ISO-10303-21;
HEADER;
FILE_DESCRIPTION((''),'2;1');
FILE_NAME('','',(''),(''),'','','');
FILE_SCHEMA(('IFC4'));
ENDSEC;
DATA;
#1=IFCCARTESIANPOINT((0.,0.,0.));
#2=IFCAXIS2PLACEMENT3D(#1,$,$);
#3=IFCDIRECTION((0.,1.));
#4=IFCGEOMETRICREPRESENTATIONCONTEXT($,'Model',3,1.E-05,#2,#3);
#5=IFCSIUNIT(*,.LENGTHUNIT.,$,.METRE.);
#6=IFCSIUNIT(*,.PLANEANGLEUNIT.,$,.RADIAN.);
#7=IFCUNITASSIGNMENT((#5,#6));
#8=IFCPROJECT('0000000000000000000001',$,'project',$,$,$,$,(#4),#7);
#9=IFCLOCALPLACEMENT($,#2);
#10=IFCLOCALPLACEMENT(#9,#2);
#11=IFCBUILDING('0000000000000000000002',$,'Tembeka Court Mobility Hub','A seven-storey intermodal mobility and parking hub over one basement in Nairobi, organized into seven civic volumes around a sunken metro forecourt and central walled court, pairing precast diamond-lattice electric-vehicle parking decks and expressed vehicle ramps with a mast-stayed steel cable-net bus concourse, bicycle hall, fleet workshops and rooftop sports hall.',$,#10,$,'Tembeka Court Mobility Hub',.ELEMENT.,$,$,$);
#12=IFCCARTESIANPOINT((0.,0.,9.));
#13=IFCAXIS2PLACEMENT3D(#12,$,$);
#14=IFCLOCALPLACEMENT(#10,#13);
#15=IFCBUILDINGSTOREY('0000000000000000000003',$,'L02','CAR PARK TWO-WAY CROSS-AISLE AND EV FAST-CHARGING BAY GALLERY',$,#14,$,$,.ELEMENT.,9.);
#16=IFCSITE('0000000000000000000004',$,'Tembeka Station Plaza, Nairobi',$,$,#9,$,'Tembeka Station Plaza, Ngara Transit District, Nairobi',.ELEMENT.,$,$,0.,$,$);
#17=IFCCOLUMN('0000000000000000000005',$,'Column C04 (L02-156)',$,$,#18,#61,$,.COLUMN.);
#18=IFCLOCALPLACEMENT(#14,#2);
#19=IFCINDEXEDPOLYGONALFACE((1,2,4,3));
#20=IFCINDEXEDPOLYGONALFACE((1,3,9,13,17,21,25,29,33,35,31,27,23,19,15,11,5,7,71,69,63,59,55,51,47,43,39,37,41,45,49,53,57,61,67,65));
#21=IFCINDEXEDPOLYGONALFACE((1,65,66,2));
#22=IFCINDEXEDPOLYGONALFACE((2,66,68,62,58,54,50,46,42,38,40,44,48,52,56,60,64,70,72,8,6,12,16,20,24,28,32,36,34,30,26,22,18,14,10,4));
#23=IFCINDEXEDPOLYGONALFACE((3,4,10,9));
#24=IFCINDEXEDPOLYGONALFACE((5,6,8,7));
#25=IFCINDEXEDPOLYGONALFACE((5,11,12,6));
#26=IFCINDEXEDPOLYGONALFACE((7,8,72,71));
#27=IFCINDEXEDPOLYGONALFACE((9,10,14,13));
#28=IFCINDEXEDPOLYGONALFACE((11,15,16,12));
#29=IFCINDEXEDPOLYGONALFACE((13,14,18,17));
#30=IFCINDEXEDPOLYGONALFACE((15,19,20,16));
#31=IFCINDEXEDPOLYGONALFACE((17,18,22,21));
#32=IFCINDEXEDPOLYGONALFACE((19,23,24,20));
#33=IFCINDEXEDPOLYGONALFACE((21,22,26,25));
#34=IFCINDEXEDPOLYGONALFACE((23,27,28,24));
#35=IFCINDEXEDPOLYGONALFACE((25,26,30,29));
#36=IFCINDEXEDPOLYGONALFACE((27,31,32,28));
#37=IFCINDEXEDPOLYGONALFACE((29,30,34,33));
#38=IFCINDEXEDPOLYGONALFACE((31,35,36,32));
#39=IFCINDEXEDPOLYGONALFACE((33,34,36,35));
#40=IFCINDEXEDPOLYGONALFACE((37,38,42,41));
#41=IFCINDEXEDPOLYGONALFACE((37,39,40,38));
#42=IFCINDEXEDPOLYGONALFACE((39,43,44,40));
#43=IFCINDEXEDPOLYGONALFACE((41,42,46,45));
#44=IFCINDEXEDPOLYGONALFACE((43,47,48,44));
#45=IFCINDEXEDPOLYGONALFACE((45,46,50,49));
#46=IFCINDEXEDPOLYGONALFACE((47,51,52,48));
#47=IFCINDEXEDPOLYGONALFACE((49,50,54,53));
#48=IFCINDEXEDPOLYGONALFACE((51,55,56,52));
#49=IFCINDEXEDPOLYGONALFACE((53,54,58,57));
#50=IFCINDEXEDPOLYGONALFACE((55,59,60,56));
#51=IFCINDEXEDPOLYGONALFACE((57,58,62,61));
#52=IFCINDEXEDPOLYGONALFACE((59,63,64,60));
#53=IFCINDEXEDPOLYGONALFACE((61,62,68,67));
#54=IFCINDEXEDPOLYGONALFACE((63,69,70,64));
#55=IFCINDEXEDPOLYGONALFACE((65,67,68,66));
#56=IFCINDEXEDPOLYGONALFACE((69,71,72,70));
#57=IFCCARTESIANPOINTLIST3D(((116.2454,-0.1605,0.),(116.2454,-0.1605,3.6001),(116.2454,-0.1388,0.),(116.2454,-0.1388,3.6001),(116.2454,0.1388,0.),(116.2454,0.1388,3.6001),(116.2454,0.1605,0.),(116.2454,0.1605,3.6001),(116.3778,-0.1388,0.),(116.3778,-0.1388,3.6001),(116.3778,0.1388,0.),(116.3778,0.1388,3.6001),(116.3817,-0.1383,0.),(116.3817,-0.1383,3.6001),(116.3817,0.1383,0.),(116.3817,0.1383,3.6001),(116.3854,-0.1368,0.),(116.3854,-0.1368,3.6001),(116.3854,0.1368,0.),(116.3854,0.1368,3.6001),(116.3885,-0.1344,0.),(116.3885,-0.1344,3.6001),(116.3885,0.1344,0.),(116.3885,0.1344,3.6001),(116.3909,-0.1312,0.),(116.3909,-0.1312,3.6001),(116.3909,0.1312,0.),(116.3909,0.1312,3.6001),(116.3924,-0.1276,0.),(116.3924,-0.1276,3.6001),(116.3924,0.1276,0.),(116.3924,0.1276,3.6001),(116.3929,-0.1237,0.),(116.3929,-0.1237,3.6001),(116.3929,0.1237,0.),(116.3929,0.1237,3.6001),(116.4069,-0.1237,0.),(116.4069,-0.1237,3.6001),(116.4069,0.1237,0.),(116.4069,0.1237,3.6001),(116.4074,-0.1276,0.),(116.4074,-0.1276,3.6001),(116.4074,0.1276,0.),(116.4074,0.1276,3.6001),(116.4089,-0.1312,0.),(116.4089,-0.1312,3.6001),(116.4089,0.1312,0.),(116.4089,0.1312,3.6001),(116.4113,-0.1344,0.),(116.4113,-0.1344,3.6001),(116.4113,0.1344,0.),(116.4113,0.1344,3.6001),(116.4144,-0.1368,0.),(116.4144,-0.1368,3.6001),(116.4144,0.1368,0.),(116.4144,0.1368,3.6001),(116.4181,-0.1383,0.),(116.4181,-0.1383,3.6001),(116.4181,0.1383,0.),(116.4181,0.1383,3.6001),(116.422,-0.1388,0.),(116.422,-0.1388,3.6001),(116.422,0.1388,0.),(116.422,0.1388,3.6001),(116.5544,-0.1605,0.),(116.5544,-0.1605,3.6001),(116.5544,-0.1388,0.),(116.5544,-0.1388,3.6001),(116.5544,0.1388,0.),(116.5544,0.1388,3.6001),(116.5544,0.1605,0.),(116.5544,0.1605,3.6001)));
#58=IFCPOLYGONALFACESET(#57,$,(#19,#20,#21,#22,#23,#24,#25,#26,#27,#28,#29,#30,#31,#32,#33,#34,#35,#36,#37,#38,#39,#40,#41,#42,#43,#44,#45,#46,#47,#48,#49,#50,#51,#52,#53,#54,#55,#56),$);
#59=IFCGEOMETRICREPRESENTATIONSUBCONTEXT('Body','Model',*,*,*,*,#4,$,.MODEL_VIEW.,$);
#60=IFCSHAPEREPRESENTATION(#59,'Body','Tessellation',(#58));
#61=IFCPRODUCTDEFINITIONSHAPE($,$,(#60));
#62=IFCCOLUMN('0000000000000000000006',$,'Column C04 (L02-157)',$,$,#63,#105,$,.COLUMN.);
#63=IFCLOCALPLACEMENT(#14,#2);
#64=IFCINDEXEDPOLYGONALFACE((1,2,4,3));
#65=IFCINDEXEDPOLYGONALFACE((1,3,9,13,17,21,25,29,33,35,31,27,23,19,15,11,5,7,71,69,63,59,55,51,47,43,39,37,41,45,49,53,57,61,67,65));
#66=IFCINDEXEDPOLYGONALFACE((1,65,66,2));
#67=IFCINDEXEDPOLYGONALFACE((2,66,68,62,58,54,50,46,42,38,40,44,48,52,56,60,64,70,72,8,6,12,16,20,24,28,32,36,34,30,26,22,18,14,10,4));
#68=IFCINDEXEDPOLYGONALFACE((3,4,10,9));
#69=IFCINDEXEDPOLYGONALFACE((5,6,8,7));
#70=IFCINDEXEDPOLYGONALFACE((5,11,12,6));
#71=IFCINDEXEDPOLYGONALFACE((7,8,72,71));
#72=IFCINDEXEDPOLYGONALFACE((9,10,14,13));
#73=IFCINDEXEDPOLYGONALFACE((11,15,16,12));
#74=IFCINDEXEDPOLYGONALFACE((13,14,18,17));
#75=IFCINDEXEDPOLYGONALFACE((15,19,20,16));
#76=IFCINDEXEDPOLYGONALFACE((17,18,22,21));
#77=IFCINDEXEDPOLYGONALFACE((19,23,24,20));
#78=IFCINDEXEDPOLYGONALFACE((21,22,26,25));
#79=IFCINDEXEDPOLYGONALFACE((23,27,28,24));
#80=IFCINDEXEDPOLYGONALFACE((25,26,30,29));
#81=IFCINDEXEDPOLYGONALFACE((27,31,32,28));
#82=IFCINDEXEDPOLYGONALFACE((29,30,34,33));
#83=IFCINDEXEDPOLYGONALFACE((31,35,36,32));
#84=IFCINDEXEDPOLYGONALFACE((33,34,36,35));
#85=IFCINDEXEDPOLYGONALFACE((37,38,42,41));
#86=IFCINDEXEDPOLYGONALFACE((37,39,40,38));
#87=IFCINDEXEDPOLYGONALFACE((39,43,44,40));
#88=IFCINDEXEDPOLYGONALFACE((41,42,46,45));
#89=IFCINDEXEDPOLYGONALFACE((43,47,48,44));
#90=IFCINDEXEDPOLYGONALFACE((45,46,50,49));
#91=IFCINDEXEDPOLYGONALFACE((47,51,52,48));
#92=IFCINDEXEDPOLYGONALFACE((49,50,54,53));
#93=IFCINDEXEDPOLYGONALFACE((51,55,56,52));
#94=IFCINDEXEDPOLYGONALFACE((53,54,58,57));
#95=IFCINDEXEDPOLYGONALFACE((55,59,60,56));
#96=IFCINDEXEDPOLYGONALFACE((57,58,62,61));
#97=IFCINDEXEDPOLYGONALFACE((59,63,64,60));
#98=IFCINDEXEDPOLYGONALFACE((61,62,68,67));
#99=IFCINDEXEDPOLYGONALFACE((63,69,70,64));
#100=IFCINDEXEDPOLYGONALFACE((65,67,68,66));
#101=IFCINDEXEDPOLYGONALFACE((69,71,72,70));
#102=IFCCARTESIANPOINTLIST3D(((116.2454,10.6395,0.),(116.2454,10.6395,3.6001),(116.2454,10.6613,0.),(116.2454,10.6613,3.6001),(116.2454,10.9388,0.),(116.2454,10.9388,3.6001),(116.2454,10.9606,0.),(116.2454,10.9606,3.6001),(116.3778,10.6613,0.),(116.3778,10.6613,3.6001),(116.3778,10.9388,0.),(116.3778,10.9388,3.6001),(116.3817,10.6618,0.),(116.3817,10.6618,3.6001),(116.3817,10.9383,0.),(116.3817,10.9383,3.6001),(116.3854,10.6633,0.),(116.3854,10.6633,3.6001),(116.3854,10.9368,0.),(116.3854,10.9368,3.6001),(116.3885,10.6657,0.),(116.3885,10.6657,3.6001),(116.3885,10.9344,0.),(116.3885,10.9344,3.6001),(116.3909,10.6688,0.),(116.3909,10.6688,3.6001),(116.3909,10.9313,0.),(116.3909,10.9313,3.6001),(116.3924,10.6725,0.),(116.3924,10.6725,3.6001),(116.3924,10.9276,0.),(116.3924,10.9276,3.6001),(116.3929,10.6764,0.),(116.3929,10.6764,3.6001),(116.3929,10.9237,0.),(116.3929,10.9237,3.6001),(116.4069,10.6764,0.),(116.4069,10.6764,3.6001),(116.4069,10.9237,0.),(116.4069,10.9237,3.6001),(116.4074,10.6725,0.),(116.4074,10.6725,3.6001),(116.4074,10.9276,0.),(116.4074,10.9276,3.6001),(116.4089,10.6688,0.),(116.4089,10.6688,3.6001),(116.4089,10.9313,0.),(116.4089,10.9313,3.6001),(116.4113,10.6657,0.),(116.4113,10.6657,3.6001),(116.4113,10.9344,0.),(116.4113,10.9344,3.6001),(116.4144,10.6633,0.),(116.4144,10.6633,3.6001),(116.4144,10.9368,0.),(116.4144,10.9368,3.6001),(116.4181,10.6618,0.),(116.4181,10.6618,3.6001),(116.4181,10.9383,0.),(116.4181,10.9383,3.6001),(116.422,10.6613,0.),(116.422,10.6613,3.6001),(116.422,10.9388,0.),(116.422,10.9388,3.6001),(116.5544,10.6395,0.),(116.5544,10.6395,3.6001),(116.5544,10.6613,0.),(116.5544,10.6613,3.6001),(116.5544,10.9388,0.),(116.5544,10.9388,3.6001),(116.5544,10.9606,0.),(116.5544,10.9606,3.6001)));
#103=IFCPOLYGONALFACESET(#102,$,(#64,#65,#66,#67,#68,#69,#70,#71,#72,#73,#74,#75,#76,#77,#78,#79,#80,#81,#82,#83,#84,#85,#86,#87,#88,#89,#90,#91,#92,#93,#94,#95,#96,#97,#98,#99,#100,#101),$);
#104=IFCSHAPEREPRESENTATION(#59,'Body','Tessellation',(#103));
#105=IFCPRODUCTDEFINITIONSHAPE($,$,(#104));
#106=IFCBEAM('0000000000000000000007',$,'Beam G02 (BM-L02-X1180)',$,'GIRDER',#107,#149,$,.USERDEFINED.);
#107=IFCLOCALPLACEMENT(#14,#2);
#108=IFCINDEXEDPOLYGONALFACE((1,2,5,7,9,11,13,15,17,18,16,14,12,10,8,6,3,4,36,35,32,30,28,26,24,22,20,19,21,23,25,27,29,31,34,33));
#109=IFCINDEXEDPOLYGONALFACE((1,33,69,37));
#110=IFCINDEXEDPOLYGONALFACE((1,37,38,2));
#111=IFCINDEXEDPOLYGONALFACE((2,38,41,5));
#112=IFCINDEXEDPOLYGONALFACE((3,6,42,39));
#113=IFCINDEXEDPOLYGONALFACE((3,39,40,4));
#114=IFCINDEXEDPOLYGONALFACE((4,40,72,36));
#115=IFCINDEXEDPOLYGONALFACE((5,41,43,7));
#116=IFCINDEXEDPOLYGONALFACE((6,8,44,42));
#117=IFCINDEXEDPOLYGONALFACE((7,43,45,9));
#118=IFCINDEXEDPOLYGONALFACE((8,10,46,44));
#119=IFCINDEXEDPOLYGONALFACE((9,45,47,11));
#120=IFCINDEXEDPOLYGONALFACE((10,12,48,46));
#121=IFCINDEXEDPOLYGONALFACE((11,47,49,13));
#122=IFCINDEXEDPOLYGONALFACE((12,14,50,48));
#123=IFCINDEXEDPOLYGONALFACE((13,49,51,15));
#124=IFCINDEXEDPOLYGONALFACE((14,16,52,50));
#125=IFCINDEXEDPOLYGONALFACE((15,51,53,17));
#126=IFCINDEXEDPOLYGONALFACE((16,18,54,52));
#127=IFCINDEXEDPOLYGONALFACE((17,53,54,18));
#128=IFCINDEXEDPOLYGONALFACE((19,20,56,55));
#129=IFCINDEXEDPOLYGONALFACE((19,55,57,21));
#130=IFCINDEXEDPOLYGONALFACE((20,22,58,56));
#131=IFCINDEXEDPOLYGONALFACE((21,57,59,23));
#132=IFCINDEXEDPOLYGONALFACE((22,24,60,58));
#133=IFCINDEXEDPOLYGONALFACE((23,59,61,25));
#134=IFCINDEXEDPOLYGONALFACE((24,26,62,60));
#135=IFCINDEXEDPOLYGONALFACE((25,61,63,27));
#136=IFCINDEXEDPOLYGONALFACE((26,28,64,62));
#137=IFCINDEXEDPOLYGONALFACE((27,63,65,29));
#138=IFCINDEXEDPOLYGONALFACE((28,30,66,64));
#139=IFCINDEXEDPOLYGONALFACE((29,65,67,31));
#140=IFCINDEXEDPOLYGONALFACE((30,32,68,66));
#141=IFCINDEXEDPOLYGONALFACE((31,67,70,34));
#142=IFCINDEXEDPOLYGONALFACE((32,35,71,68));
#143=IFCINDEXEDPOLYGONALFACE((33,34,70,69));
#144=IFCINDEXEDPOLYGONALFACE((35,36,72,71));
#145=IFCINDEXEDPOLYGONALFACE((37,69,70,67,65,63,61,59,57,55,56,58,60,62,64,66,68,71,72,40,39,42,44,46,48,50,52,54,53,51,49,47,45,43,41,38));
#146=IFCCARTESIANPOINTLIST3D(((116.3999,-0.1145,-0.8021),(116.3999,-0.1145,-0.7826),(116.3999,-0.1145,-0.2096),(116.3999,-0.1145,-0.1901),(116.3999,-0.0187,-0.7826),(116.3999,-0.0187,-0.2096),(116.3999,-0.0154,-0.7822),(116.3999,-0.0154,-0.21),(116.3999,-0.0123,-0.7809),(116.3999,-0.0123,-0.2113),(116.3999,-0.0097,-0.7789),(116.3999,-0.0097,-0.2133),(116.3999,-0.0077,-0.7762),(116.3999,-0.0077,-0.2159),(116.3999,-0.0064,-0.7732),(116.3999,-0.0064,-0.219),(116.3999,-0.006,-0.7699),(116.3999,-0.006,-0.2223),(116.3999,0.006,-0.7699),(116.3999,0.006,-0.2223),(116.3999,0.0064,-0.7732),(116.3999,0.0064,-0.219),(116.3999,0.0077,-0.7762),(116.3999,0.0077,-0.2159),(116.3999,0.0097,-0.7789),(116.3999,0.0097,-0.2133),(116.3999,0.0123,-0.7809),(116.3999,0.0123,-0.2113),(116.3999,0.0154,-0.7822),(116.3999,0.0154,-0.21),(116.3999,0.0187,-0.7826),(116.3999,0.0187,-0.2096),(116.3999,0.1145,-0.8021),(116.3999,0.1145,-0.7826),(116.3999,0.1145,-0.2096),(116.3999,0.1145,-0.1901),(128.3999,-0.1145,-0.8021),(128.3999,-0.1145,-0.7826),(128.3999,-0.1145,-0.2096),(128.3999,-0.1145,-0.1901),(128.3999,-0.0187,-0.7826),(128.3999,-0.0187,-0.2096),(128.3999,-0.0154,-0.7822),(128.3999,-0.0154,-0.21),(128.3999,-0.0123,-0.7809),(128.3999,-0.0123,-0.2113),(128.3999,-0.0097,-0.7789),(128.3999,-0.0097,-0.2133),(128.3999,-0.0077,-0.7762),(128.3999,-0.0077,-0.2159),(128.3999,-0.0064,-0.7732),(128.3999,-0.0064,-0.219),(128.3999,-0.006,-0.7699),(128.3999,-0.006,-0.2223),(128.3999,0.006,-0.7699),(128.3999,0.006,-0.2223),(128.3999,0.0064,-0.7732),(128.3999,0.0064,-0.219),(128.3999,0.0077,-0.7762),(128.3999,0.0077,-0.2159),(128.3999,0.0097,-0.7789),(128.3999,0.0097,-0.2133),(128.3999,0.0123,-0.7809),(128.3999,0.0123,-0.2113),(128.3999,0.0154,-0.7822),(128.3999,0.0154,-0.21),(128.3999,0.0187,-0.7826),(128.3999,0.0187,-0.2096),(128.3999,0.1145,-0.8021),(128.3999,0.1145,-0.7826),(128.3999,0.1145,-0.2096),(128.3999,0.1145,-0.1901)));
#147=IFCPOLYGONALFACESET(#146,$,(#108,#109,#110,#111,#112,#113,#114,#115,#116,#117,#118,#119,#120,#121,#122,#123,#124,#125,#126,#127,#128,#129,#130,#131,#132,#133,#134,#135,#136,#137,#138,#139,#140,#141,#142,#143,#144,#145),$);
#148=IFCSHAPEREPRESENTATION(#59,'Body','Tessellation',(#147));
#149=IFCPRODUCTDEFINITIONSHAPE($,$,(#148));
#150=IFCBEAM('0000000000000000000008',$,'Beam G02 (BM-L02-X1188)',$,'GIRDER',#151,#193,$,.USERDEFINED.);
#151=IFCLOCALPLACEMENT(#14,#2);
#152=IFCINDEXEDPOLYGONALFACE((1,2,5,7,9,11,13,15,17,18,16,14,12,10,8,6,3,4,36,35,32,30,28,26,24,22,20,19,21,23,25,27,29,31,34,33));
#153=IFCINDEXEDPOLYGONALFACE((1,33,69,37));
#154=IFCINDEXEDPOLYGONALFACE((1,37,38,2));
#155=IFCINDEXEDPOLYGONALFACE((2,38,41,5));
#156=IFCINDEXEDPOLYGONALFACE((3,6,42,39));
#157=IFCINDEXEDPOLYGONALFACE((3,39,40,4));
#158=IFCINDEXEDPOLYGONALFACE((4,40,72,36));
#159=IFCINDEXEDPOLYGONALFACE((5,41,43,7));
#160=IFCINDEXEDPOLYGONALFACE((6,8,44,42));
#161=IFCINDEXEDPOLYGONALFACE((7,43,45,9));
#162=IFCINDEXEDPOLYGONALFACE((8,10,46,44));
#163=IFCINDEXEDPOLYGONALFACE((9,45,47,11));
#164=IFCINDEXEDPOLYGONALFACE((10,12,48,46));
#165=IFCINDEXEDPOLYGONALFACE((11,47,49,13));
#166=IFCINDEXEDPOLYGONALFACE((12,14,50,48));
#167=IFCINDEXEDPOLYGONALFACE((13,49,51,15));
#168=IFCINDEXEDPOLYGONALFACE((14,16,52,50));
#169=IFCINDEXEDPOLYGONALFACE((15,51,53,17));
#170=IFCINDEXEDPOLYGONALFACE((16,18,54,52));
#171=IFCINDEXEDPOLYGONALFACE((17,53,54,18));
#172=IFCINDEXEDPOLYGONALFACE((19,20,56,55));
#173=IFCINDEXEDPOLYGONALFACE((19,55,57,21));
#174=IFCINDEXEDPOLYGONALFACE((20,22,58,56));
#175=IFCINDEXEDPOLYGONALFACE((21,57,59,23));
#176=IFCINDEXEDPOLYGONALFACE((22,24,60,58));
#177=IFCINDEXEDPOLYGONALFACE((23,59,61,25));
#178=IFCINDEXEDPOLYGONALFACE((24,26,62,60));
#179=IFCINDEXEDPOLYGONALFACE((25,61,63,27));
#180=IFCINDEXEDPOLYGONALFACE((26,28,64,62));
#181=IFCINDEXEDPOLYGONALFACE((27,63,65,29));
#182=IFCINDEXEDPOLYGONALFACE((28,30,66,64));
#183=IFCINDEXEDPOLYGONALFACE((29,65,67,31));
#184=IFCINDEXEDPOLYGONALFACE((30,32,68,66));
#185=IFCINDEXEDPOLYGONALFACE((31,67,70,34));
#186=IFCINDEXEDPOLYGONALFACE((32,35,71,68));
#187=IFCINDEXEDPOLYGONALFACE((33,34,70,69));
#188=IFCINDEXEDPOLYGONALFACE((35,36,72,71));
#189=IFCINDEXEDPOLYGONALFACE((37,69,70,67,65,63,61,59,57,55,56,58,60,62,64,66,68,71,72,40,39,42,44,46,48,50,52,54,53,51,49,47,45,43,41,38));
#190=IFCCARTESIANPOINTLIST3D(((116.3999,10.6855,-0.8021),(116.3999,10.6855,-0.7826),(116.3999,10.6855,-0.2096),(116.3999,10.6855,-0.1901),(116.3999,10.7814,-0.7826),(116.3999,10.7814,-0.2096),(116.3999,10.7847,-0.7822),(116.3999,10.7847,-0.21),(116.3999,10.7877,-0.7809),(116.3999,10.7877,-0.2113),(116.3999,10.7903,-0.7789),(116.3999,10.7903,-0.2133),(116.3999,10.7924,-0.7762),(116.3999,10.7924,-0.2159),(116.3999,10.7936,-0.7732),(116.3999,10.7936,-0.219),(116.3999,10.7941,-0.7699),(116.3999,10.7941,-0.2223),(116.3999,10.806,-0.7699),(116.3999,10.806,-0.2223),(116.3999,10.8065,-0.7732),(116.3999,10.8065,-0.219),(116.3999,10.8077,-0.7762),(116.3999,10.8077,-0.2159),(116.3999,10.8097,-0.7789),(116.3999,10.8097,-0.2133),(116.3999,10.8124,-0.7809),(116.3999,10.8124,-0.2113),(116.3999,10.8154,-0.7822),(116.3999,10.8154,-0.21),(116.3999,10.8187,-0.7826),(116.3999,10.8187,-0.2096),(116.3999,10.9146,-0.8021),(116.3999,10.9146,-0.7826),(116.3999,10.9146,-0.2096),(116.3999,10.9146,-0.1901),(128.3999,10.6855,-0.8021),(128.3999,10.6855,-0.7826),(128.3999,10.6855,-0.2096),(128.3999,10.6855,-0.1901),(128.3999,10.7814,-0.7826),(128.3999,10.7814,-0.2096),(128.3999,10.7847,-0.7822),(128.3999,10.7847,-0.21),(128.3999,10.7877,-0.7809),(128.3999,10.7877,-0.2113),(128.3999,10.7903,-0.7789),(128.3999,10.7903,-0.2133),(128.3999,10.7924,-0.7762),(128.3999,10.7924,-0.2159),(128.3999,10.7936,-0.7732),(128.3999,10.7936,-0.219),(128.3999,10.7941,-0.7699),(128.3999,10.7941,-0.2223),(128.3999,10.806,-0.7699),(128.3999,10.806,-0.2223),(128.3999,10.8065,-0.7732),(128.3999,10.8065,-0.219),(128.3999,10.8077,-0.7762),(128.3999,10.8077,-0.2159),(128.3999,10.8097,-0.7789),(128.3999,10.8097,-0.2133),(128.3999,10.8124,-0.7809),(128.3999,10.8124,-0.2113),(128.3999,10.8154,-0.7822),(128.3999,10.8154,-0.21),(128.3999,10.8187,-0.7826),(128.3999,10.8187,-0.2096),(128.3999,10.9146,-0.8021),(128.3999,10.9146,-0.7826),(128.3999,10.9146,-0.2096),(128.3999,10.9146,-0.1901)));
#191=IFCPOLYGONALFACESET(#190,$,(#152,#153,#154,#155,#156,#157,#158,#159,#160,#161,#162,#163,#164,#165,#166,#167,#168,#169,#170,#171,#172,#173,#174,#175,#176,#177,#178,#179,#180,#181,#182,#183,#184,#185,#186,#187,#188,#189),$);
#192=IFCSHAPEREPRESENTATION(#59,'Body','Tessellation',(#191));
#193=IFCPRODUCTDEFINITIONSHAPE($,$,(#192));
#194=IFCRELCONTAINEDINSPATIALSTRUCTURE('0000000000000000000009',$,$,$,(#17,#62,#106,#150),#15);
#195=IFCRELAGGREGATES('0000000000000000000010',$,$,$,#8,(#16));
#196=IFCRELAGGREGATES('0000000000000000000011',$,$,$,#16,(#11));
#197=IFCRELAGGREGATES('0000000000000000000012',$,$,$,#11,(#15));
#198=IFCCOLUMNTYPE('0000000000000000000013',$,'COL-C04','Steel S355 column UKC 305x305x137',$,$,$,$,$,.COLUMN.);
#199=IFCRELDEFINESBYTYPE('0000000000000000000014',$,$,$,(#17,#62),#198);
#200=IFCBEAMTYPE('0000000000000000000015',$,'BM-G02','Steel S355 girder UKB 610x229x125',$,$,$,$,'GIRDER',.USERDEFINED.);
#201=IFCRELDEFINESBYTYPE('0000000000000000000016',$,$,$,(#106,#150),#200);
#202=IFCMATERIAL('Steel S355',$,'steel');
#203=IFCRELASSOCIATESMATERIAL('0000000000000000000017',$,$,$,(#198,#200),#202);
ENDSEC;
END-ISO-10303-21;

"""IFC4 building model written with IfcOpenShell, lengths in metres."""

from ifc_helpers import new_model, si_unit, direction, frame, origin, origin_2d, place, context, subcontext, project, spatial, i_section, extrude, material, material_profile, profile_set, type_object, element, save


model = new_model("IFC4")

# Units and contexts
model_context = context("Model", 3, precision=1e-05, world=origin(), true_north=direction((0.0, 1.0)))
body_context = subcontext(model_context, "Body", "Model", "MODEL_VIEW")
ifc_project = project(units=[si_unit("LENGTHUNIT", "METRE"), si_unit("PLANEANGLEUNIT", "RADIAN")], contexts=[model_context])

# Site, building, storey
site_placement = place(None, origin())
site = spatial("IfcSite", under=ifc_project, at=site_placement, Name="Tembeka Station Plaza, Nairobi", LongName="Tembeka Station Plaza, Ngara Transit District, Nairobi", CompositionType="ELEMENT", RefElevation=0.0)
building_placement = place(site_placement, origin())
building = spatial("IfcBuilding", under=site, at=building_placement, Name="Tembeka Court Mobility Hub", Description="A seven-storey intermodal mobility and parking hub over one basement in Nairobi, organized into seven civic volumes around a sunken metro forecourt and central walled court, pairing precast diamond-lattice electric-vehicle parking decks and expressed vehicle ramps with a mast-stayed steel cable-net bus concourse, bicycle hall, fleet workshops and rooftop sports hall.", LongName="Tembeka Court Mobility Hub", CompositionType="ELEMENT")
storey_placement = place(building_placement, frame((0.0, 0.0, 9.0)))
storey = spatial("IfcBuildingStorey", under=building, at=storey_placement, Name="L02", Description="CAR PARK TWO-WAY CROSS-AISLE AND EV FAST-CHARGING BAY GALLERY", CompositionType="ELEMENT", Elevation=9.0)

# Columns
ifc_material_1 = material(Name="Steel S355", Category="steel")
ifc_material_profile_1 = material_profile(ifc_material_1, i_section(OverallWidth=0.3091, OverallDepth=0.321, WebThickness=0.0139, FlangeThickness=0.0217, FilletRadius=0.0151, at=origin_2d()), Name="UKC 305x305x137")
ifc_profile_set_1 = profile_set([ifc_material_profile_1], Name="Steel S355")
column_type = type_object("IfcColumnType", Name="COL-C04", Description="Steel S355 column UKC 305x305x137", PredefinedType="COLUMN", material=ifc_profile_set_1)
for number, where, z_axis, x_axis, name in (
    (1, (116.3999, 0.0, 0.0), (0.0, 0.0, 1.0), (1.0, 0.0, 0.0), "Column C04 (L02-156)"),
    (2, (116.3999, 10.8, 0.0), (0.0, 0.0, 1.0), (1.0, 0.0, 0.0), "Column C04 (L02-157)"),
):
    element("IfcColumn", number, at=place(storey_placement, frame(where, z_axis=z_axis, x_axis=x_axis)), inside=storey, type_object=column_type, Name=name, PredefinedType="COLUMN", context=body_context, shape_type="SweptSolid", body=[
        extrude(i_section(OverallWidth=0.3091, OverallDepth=0.321, WebThickness=0.0139, FlangeThickness=0.0217, FilletRadius=0.0151, at=origin_2d()), origin(), (0.0, 0.0, 1.0), 3.6001),
    ])

# Beams
ifc_material_profile_2 = material_profile(ifc_material_1, i_section(OverallWidth=0.229, OverallDepth=0.6121, WebThickness=0.012, FlangeThickness=0.0195, FilletRadius=0.0127, at=origin_2d()), Name="UKB 610x229x125")
ifc_profile_set_2 = profile_set([ifc_material_profile_2], Name="Steel S355")
beam_type = type_object("IfcBeamType", Name="BM-G02", Description="Steel S355 girder UKB 610x229x125", ElementType="GIRDER", PredefinedType="USERDEFINED", material=ifc_profile_set_2)
for number, where, z_axis, x_axis, name in (
    (3, (116.3999, 0.0, -0.4961), (1.0, 0.0, 0.0), (0.0, 1.0, 0.0), "Beam G02 (BM-L02-X1180)"),
    (4, (116.3999, 10.8, -0.4961), (1.0, 0.0, 0.0), (0.0, 1.0, 0.0), "Beam G02 (BM-L02-X1188)"),
):
    element("IfcBeam", number, at=place(storey_placement, frame(where, z_axis=z_axis, x_axis=x_axis)), inside=storey, type_object=beam_type, Name=name, ObjectType="GIRDER", PredefinedType="USERDEFINED", context=body_context, shape_type="SweptSolid", body=[
        extrude(i_section(OverallWidth=0.229, OverallDepth=0.6121, WebThickness=0.012, FlangeThickness=0.0195, FilletRadius=0.0127, at=origin_2d()), origin(), (0.0, 0.0, 1.0), 12.0),
    ])

save(model, "model.ifc")
